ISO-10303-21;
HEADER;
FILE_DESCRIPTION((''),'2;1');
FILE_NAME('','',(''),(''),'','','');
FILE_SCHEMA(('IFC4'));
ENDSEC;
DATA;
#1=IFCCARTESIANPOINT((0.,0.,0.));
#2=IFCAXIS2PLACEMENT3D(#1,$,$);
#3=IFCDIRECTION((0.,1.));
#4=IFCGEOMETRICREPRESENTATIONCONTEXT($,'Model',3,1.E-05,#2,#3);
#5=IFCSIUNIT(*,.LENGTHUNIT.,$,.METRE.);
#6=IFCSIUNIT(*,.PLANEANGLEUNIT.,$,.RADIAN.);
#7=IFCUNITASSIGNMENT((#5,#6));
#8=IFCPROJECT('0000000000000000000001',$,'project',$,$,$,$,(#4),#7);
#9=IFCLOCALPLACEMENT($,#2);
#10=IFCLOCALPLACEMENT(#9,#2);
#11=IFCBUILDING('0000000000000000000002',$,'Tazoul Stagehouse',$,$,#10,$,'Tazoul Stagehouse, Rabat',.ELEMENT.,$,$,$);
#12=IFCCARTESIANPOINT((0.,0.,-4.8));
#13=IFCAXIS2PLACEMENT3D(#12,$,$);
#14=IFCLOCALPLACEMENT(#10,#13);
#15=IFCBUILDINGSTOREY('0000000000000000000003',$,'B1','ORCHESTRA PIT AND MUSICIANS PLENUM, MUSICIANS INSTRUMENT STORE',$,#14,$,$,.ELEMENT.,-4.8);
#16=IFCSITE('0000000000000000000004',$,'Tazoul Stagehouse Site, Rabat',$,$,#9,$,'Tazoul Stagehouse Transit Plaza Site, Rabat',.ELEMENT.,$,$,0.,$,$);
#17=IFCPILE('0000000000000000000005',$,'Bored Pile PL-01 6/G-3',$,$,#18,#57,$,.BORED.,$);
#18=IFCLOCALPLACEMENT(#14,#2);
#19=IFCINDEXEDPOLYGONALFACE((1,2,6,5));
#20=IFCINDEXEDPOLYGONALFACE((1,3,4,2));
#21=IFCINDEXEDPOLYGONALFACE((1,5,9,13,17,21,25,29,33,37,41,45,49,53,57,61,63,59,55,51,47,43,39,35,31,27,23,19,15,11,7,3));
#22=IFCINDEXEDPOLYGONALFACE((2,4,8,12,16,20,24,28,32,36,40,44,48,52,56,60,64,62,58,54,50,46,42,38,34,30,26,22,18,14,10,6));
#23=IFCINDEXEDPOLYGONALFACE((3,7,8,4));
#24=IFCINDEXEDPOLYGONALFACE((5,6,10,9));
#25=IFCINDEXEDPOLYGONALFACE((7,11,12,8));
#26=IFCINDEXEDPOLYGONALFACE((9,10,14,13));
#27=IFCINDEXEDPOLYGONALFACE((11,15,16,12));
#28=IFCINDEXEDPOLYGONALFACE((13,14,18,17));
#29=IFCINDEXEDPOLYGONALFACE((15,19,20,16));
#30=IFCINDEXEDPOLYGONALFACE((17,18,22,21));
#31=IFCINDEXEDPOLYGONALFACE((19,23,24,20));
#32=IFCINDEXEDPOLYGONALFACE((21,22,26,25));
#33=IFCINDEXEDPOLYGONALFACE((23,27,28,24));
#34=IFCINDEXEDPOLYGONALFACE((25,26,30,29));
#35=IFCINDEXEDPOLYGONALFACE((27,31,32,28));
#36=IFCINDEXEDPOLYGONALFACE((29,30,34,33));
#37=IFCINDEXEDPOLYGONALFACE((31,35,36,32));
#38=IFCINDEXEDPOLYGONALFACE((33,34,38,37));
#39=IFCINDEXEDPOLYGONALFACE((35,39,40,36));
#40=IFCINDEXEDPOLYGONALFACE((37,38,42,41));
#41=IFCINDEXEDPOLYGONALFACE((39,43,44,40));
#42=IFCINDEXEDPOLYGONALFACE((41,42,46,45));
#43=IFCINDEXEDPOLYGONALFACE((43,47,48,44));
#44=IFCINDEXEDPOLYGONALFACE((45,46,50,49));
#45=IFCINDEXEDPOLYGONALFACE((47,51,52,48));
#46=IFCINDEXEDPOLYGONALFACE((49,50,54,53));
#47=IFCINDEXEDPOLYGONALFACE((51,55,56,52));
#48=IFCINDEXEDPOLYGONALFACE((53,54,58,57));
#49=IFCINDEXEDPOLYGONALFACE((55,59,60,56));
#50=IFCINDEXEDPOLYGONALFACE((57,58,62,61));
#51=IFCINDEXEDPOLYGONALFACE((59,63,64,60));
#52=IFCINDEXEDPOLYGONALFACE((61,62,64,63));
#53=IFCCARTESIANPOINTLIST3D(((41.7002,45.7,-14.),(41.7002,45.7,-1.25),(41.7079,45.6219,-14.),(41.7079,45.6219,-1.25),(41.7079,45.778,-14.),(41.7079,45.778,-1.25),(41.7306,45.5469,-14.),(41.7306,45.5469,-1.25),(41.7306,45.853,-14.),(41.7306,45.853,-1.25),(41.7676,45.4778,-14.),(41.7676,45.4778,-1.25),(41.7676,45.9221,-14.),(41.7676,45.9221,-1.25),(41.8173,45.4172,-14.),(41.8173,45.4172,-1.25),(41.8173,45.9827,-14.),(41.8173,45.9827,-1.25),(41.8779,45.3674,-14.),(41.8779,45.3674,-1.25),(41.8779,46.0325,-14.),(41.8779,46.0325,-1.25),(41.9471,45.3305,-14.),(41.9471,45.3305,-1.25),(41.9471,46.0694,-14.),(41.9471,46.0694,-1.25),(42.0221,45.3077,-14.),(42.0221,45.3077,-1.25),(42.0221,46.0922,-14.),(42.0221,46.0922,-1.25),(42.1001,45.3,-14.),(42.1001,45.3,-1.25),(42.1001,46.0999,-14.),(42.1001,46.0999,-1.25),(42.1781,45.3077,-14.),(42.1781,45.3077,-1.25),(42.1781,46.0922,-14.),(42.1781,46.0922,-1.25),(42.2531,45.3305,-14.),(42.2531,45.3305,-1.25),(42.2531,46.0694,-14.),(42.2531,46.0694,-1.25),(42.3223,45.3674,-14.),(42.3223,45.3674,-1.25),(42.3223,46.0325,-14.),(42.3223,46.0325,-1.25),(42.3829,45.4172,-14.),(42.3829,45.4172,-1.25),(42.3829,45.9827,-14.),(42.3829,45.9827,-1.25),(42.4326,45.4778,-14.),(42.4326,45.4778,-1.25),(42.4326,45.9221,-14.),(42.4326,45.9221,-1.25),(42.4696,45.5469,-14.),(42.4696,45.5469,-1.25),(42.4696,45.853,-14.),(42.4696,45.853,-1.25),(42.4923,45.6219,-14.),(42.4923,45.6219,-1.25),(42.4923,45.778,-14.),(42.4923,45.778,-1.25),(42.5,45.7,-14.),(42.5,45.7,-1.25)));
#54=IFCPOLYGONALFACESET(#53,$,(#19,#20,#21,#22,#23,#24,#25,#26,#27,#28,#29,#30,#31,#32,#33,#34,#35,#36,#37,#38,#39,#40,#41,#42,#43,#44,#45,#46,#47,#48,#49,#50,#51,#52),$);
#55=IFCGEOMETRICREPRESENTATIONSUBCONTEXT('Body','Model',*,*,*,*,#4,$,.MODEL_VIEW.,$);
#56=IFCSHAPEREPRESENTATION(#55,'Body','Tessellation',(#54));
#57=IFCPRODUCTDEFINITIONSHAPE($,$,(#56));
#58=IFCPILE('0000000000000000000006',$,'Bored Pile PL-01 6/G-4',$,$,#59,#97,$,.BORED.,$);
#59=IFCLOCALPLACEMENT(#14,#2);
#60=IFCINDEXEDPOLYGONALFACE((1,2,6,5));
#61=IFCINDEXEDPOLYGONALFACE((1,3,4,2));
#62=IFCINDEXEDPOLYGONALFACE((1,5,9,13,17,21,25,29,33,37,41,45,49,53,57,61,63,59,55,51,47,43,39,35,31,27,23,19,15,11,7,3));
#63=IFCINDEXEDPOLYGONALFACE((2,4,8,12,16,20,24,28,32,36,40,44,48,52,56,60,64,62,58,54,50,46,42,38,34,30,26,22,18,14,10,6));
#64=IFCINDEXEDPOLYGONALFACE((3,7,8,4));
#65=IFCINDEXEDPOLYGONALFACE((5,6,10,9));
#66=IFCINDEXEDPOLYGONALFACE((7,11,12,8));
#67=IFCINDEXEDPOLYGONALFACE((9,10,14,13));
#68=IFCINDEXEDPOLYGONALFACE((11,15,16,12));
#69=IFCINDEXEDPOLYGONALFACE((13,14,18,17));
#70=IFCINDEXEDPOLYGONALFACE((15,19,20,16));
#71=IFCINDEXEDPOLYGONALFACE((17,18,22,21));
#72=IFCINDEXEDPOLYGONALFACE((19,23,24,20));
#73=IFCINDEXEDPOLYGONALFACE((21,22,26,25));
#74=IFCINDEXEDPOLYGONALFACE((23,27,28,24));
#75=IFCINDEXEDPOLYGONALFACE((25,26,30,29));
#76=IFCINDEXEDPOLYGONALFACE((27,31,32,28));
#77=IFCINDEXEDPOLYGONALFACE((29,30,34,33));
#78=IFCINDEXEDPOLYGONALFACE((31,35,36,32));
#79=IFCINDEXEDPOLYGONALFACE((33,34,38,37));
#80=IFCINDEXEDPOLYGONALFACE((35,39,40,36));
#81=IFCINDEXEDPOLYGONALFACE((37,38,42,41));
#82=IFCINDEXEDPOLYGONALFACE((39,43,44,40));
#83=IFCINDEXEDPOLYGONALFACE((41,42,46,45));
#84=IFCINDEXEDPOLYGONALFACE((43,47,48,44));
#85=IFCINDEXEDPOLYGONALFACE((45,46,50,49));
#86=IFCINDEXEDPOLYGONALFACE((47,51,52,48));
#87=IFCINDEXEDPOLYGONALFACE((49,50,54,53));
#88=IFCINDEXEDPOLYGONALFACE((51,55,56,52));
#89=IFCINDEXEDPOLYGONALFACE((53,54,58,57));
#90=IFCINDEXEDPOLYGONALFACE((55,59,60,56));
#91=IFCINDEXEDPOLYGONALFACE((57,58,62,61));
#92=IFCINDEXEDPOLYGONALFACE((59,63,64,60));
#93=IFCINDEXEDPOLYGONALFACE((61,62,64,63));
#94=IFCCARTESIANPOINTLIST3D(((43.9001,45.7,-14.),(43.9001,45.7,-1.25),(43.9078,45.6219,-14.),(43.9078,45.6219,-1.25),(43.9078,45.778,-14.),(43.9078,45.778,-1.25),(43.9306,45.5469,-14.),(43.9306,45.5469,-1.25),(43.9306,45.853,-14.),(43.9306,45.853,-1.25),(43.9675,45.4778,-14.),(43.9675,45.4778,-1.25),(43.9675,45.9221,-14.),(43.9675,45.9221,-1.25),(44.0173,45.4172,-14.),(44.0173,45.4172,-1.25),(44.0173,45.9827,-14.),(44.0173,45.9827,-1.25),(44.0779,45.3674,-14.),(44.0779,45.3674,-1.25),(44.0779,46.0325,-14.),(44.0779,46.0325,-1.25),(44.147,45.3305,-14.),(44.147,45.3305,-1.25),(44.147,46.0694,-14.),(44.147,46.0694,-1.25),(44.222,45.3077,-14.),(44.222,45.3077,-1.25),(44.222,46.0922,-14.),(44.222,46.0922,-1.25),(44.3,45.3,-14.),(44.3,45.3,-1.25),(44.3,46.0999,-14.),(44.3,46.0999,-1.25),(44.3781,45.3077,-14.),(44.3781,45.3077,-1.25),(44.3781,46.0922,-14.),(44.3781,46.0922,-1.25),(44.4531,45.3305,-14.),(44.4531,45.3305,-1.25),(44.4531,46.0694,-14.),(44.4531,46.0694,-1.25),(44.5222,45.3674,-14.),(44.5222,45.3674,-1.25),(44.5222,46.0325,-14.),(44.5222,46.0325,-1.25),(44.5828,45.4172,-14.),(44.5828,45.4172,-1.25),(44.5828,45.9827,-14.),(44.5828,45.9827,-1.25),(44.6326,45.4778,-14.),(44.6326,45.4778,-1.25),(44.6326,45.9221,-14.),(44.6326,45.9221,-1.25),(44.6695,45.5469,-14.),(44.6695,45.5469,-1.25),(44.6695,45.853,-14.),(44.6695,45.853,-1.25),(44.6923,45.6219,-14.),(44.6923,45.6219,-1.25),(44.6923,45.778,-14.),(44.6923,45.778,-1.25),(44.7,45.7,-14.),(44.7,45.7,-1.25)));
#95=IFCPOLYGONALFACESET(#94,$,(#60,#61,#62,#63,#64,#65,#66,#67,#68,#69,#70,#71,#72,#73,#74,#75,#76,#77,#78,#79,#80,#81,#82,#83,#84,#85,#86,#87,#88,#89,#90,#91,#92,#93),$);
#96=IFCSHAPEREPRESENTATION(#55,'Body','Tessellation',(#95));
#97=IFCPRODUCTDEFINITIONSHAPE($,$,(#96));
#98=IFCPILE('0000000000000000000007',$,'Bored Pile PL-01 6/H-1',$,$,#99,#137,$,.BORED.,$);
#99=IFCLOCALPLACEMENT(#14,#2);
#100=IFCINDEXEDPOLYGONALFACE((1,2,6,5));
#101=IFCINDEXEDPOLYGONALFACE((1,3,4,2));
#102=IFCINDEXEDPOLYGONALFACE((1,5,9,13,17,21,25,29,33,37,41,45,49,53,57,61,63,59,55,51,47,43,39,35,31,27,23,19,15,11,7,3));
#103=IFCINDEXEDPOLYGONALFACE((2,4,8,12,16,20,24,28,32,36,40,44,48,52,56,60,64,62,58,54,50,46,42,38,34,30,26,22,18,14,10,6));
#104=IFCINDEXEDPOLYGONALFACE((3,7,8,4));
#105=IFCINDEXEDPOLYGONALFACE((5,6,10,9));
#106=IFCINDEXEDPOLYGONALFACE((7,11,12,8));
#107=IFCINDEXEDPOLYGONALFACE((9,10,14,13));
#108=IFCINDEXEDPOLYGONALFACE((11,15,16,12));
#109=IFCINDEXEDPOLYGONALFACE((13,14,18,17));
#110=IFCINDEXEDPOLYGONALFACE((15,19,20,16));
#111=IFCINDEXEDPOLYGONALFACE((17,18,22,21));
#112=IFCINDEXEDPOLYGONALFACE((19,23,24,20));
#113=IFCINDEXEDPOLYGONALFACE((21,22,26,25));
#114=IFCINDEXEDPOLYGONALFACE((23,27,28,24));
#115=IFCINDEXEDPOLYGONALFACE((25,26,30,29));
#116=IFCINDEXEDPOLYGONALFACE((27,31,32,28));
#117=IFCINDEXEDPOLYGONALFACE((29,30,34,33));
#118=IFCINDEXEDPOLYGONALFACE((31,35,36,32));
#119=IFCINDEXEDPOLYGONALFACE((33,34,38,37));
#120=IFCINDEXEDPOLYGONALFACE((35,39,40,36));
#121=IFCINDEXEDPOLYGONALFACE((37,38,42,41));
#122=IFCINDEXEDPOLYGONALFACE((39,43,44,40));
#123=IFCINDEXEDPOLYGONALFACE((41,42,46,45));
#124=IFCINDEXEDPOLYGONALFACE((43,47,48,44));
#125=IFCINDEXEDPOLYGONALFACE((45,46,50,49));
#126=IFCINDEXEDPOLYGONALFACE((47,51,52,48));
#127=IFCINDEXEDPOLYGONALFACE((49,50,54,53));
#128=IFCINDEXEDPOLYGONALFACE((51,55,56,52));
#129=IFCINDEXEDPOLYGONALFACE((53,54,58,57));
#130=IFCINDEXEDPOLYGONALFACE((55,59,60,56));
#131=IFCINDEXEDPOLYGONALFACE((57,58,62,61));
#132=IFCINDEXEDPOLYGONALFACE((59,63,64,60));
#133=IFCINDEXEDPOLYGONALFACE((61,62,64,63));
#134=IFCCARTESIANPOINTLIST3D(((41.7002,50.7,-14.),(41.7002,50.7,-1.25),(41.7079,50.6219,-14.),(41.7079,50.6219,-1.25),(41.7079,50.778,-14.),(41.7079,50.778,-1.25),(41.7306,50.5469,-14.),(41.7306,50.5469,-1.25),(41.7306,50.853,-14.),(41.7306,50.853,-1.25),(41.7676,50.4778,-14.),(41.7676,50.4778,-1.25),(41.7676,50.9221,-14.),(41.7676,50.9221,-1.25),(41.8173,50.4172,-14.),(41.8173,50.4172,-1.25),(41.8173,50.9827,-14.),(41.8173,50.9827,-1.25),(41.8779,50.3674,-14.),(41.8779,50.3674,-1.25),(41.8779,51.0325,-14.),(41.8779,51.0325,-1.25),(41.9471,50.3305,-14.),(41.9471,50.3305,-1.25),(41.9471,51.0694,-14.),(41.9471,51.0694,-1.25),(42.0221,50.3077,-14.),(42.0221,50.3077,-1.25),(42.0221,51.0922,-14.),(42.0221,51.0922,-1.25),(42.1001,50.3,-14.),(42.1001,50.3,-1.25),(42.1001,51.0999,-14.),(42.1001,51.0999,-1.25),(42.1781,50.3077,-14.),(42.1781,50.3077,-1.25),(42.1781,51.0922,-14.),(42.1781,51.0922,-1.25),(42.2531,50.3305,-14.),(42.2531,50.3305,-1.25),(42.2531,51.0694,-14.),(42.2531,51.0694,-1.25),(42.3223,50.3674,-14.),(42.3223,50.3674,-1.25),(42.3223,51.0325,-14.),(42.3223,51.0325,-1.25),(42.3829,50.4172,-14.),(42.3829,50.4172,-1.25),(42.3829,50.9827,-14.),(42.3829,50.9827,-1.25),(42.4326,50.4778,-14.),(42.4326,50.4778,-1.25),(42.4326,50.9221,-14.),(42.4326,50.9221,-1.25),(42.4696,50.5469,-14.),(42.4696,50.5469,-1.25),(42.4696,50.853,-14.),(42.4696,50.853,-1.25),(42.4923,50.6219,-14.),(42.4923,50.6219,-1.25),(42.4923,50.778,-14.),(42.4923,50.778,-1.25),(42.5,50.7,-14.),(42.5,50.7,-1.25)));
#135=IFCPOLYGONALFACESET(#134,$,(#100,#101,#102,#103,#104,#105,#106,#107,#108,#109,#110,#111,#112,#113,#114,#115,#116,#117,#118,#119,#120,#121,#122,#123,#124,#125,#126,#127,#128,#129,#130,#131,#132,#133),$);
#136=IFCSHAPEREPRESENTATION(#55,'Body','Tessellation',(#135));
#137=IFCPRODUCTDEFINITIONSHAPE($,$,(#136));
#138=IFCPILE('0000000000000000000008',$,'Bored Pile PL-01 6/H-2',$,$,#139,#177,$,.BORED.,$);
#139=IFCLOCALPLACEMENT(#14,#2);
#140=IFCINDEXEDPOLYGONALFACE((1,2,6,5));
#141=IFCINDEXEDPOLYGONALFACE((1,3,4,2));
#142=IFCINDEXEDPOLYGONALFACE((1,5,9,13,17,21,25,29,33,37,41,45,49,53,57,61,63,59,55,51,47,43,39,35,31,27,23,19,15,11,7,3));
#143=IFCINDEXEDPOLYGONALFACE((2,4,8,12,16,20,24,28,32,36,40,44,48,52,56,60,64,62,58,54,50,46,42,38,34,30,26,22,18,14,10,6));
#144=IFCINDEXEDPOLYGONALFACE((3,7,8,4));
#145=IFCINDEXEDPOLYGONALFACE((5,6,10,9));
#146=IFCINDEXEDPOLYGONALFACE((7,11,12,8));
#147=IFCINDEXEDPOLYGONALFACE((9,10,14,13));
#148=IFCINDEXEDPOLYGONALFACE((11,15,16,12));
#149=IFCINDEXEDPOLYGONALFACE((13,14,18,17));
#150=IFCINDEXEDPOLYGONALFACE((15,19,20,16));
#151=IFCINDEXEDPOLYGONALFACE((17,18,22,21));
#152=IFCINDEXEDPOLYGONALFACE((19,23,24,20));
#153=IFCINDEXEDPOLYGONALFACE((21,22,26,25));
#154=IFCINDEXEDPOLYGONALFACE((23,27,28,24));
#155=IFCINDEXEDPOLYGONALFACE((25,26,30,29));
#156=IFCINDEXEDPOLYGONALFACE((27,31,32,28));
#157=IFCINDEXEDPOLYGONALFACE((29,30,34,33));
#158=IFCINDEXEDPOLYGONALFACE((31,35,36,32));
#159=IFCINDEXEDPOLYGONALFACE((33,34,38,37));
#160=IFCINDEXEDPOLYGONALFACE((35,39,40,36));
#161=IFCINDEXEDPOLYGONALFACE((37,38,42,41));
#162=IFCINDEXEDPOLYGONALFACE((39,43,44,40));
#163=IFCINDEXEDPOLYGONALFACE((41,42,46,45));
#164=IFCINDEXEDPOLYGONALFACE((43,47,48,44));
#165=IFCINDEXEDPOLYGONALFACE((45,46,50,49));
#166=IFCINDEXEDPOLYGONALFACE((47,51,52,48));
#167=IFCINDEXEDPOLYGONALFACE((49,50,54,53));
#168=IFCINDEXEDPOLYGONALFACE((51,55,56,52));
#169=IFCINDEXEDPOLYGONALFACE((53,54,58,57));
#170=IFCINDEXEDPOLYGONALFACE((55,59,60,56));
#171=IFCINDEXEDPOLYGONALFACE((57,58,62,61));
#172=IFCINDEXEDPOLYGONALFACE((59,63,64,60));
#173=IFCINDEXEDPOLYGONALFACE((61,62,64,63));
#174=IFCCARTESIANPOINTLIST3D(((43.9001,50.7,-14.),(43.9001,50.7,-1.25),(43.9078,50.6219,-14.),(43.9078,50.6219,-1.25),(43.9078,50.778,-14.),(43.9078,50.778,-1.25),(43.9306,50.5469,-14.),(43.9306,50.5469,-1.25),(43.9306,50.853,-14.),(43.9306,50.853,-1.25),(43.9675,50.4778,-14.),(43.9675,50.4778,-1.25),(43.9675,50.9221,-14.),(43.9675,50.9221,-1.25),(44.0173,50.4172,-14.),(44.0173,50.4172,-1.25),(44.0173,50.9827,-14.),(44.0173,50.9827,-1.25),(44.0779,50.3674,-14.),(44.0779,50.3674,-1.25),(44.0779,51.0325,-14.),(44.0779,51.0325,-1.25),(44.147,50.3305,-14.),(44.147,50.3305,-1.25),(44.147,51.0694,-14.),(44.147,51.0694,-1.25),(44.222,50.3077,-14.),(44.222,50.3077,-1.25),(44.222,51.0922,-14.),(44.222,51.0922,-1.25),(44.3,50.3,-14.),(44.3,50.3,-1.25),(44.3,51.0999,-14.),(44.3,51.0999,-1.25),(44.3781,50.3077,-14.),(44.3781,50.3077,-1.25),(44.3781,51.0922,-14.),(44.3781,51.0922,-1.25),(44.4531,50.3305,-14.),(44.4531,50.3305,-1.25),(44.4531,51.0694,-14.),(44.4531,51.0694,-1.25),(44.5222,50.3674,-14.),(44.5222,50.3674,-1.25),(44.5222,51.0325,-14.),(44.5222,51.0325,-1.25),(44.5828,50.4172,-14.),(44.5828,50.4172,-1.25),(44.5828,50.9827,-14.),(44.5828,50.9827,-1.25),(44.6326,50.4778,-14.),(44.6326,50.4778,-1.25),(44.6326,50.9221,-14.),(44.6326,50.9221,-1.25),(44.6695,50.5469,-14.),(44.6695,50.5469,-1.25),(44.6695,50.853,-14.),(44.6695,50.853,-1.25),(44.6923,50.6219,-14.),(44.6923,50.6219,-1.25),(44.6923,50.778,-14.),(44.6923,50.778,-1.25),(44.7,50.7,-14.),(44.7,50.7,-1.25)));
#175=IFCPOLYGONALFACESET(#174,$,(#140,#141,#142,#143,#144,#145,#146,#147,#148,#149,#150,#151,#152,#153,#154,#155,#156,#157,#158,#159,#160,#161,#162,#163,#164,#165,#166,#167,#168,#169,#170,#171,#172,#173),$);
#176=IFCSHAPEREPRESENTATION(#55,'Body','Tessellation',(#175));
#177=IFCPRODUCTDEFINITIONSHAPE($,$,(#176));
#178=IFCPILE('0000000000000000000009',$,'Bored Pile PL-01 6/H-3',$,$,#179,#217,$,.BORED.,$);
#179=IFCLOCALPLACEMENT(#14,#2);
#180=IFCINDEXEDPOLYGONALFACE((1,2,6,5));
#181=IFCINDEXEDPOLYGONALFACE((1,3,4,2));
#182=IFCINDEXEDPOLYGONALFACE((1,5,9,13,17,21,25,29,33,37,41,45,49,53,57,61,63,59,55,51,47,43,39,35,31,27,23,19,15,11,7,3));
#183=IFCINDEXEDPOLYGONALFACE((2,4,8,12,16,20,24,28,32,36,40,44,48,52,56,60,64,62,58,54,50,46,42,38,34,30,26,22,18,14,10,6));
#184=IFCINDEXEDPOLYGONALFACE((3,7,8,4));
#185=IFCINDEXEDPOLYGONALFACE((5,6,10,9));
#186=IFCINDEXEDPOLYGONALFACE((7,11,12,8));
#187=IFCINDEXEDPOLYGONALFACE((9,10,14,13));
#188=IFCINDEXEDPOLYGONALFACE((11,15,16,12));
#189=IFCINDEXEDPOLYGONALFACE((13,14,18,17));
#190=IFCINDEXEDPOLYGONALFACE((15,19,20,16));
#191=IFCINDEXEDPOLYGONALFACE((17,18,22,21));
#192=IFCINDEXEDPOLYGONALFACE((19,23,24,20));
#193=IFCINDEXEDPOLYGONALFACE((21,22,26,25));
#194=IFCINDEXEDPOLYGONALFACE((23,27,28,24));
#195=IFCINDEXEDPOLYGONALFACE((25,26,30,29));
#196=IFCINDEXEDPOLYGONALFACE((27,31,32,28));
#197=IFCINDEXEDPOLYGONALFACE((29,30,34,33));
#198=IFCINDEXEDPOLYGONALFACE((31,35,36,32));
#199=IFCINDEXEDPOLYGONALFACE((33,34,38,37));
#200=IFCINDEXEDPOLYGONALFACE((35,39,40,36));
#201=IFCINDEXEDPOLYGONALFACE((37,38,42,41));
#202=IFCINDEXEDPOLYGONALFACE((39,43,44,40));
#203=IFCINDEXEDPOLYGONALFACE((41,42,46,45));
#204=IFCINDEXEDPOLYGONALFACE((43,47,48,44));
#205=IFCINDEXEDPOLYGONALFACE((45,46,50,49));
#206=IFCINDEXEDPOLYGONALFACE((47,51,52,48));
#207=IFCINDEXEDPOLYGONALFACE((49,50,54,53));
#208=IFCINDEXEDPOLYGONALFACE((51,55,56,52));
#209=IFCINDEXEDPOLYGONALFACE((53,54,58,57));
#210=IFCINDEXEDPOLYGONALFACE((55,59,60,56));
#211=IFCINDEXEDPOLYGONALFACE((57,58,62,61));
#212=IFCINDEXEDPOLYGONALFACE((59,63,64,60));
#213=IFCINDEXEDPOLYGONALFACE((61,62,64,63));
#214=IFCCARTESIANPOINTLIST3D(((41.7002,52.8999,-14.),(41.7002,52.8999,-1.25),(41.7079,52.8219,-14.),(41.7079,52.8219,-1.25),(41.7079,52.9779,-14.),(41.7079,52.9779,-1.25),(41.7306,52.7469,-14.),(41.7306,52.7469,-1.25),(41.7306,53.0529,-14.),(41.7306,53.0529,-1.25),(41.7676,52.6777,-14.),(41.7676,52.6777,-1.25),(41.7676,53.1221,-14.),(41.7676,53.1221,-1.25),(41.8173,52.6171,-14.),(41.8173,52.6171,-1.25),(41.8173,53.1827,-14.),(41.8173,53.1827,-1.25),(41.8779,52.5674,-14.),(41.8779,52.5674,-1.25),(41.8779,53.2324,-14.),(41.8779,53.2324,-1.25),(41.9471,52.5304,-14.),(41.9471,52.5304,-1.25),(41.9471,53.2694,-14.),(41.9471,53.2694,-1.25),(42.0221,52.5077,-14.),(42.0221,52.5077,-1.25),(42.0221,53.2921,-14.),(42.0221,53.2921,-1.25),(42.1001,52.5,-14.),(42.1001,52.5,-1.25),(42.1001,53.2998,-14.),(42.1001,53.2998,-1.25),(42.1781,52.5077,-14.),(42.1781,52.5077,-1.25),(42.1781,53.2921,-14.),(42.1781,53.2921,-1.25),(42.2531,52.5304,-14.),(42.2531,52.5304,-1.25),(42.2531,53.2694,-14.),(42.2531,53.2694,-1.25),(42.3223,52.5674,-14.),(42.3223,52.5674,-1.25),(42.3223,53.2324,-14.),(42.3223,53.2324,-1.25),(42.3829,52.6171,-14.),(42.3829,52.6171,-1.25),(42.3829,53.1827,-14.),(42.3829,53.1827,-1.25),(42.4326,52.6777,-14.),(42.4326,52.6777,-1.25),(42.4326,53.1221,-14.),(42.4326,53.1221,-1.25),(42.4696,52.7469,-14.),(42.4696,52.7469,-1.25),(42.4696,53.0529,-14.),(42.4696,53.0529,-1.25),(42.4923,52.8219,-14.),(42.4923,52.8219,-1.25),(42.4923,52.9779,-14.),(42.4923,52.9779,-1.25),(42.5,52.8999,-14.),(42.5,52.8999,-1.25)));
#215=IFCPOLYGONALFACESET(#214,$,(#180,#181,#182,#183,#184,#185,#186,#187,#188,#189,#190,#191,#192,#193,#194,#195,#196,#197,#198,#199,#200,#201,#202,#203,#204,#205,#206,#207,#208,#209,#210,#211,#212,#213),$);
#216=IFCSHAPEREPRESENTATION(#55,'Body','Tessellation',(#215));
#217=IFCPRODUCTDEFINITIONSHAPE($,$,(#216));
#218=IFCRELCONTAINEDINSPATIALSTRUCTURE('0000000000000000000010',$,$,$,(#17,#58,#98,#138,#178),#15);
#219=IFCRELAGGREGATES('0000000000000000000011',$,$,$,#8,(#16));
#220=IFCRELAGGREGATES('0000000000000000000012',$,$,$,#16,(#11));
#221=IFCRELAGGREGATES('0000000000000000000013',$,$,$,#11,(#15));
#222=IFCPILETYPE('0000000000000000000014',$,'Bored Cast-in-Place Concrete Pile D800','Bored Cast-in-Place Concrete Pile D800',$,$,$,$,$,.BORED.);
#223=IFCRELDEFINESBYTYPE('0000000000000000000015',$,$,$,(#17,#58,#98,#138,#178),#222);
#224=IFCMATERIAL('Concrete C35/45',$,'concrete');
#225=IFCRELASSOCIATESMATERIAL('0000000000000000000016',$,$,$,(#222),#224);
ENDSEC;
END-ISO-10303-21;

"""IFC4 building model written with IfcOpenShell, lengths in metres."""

from ifc_helpers import new_model, si_unit, direction, frame, origin, origin_2d, place, context, subcontext, project, spatial, circle, extrude, material, material_profile, profile_set, type_object, element, save


model = new_model("IFC4")

# Units and contexts
model_context = context("Model", 3, precision=1e-05, world=origin(), true_north=direction((0.0, 1.0)))
body_context = subcontext(model_context, "Body", "Model", "MODEL_VIEW")
ifc_project = project(units=[si_unit("LENGTHUNIT", "METRE"), si_unit("PLANEANGLEUNIT", "RADIAN")], contexts=[model_context])

# Site, building, storey
site_placement = place(None, origin())
site = spatial("IfcSite", under=ifc_project, at=site_placement, Name="Tazoul Stagehouse Site, Rabat", LongName="Tazoul Stagehouse Transit Plaza Site, Rabat", CompositionType="ELEMENT", RefElevation=0.0)
building_placement = place(site_placement, origin())
building = spatial("IfcBuilding", under=site, at=building_placement, Name="Tazoul Stagehouse", LongName="Tazoul Stagehouse, Rabat", CompositionType="ELEMENT")
storey_placement = place(building_placement, frame((0.0, 0.0, -4.8)))
storey = spatial("IfcBuildingStorey", under=building, at=storey_placement, Name="B1", Description="ORCHESTRA PIT AND MUSICIANS PLENUM, MUSICIANS INSTRUMENT STORE", CompositionType="ELEMENT", Elevation=-4.8)

# Piles
ifc_material_1 = material(Name="Concrete C35/45", Category="concrete")
ifc_material_profile_1 = material_profile(ifc_material_1, circle(Radius=0.3999, at=origin_2d()), Name="BORED PILE 800")
ifc_profile_set_1 = profile_set([ifc_material_profile_1], Name="Concrete C35/45")
pile_type_1 = type_object("IfcPileType", Name="Bored Cast-in-Place Concrete Pile D800", Description="Bored Cast-in-Place Concrete Pile D800", PredefinedType="BORED", material=ifc_profile_set_1)
for number, where, z_axis, x_axis, name in (
    (1, (42.1001, 45.7, -1.25), (0.0, 0.0, -1.0), (1.0, 0.0, 0.0), "Bored Pile PL-01 6/G-3"),
    (2, (44.3, 45.7, -1.25), (0.0, 0.0, -1.0), (1.0, 0.0, 0.0), "Bored Pile PL-01 6/G-4"),
    (3, (42.1001, 50.7, -1.25), (0.0, 0.0, -1.0), (1.0, 0.0, 0.0), "Bored Pile PL-01 6/H-1"),
    (4, (44.3, 50.7, -1.25), (0.0, 0.0, -1.0), (1.0, 0.0, 0.0), "Bored Pile PL-01 6/H-2"),
    (5, (42.1001, 52.8999, -1.25), (0.0, 0.0, -1.0), (1.0, 0.0, 0.0), "Bored Pile PL-01 6/H-3"),
):
    element("IfcPile", number, at=place(storey_placement, frame(where, z_axis=z_axis, x_axis=x_axis)), inside=storey, type_object=pile_type_1, Name=name, PredefinedType="BORED", context=body_context, shape_type="SweptSolid", body=[
        extrude(circle(Radius=0.3999, at=origin_2d()), origin(), (0.0, 0.0, 1.0), 12.75),
    ])

save(model, "model.ifc")
